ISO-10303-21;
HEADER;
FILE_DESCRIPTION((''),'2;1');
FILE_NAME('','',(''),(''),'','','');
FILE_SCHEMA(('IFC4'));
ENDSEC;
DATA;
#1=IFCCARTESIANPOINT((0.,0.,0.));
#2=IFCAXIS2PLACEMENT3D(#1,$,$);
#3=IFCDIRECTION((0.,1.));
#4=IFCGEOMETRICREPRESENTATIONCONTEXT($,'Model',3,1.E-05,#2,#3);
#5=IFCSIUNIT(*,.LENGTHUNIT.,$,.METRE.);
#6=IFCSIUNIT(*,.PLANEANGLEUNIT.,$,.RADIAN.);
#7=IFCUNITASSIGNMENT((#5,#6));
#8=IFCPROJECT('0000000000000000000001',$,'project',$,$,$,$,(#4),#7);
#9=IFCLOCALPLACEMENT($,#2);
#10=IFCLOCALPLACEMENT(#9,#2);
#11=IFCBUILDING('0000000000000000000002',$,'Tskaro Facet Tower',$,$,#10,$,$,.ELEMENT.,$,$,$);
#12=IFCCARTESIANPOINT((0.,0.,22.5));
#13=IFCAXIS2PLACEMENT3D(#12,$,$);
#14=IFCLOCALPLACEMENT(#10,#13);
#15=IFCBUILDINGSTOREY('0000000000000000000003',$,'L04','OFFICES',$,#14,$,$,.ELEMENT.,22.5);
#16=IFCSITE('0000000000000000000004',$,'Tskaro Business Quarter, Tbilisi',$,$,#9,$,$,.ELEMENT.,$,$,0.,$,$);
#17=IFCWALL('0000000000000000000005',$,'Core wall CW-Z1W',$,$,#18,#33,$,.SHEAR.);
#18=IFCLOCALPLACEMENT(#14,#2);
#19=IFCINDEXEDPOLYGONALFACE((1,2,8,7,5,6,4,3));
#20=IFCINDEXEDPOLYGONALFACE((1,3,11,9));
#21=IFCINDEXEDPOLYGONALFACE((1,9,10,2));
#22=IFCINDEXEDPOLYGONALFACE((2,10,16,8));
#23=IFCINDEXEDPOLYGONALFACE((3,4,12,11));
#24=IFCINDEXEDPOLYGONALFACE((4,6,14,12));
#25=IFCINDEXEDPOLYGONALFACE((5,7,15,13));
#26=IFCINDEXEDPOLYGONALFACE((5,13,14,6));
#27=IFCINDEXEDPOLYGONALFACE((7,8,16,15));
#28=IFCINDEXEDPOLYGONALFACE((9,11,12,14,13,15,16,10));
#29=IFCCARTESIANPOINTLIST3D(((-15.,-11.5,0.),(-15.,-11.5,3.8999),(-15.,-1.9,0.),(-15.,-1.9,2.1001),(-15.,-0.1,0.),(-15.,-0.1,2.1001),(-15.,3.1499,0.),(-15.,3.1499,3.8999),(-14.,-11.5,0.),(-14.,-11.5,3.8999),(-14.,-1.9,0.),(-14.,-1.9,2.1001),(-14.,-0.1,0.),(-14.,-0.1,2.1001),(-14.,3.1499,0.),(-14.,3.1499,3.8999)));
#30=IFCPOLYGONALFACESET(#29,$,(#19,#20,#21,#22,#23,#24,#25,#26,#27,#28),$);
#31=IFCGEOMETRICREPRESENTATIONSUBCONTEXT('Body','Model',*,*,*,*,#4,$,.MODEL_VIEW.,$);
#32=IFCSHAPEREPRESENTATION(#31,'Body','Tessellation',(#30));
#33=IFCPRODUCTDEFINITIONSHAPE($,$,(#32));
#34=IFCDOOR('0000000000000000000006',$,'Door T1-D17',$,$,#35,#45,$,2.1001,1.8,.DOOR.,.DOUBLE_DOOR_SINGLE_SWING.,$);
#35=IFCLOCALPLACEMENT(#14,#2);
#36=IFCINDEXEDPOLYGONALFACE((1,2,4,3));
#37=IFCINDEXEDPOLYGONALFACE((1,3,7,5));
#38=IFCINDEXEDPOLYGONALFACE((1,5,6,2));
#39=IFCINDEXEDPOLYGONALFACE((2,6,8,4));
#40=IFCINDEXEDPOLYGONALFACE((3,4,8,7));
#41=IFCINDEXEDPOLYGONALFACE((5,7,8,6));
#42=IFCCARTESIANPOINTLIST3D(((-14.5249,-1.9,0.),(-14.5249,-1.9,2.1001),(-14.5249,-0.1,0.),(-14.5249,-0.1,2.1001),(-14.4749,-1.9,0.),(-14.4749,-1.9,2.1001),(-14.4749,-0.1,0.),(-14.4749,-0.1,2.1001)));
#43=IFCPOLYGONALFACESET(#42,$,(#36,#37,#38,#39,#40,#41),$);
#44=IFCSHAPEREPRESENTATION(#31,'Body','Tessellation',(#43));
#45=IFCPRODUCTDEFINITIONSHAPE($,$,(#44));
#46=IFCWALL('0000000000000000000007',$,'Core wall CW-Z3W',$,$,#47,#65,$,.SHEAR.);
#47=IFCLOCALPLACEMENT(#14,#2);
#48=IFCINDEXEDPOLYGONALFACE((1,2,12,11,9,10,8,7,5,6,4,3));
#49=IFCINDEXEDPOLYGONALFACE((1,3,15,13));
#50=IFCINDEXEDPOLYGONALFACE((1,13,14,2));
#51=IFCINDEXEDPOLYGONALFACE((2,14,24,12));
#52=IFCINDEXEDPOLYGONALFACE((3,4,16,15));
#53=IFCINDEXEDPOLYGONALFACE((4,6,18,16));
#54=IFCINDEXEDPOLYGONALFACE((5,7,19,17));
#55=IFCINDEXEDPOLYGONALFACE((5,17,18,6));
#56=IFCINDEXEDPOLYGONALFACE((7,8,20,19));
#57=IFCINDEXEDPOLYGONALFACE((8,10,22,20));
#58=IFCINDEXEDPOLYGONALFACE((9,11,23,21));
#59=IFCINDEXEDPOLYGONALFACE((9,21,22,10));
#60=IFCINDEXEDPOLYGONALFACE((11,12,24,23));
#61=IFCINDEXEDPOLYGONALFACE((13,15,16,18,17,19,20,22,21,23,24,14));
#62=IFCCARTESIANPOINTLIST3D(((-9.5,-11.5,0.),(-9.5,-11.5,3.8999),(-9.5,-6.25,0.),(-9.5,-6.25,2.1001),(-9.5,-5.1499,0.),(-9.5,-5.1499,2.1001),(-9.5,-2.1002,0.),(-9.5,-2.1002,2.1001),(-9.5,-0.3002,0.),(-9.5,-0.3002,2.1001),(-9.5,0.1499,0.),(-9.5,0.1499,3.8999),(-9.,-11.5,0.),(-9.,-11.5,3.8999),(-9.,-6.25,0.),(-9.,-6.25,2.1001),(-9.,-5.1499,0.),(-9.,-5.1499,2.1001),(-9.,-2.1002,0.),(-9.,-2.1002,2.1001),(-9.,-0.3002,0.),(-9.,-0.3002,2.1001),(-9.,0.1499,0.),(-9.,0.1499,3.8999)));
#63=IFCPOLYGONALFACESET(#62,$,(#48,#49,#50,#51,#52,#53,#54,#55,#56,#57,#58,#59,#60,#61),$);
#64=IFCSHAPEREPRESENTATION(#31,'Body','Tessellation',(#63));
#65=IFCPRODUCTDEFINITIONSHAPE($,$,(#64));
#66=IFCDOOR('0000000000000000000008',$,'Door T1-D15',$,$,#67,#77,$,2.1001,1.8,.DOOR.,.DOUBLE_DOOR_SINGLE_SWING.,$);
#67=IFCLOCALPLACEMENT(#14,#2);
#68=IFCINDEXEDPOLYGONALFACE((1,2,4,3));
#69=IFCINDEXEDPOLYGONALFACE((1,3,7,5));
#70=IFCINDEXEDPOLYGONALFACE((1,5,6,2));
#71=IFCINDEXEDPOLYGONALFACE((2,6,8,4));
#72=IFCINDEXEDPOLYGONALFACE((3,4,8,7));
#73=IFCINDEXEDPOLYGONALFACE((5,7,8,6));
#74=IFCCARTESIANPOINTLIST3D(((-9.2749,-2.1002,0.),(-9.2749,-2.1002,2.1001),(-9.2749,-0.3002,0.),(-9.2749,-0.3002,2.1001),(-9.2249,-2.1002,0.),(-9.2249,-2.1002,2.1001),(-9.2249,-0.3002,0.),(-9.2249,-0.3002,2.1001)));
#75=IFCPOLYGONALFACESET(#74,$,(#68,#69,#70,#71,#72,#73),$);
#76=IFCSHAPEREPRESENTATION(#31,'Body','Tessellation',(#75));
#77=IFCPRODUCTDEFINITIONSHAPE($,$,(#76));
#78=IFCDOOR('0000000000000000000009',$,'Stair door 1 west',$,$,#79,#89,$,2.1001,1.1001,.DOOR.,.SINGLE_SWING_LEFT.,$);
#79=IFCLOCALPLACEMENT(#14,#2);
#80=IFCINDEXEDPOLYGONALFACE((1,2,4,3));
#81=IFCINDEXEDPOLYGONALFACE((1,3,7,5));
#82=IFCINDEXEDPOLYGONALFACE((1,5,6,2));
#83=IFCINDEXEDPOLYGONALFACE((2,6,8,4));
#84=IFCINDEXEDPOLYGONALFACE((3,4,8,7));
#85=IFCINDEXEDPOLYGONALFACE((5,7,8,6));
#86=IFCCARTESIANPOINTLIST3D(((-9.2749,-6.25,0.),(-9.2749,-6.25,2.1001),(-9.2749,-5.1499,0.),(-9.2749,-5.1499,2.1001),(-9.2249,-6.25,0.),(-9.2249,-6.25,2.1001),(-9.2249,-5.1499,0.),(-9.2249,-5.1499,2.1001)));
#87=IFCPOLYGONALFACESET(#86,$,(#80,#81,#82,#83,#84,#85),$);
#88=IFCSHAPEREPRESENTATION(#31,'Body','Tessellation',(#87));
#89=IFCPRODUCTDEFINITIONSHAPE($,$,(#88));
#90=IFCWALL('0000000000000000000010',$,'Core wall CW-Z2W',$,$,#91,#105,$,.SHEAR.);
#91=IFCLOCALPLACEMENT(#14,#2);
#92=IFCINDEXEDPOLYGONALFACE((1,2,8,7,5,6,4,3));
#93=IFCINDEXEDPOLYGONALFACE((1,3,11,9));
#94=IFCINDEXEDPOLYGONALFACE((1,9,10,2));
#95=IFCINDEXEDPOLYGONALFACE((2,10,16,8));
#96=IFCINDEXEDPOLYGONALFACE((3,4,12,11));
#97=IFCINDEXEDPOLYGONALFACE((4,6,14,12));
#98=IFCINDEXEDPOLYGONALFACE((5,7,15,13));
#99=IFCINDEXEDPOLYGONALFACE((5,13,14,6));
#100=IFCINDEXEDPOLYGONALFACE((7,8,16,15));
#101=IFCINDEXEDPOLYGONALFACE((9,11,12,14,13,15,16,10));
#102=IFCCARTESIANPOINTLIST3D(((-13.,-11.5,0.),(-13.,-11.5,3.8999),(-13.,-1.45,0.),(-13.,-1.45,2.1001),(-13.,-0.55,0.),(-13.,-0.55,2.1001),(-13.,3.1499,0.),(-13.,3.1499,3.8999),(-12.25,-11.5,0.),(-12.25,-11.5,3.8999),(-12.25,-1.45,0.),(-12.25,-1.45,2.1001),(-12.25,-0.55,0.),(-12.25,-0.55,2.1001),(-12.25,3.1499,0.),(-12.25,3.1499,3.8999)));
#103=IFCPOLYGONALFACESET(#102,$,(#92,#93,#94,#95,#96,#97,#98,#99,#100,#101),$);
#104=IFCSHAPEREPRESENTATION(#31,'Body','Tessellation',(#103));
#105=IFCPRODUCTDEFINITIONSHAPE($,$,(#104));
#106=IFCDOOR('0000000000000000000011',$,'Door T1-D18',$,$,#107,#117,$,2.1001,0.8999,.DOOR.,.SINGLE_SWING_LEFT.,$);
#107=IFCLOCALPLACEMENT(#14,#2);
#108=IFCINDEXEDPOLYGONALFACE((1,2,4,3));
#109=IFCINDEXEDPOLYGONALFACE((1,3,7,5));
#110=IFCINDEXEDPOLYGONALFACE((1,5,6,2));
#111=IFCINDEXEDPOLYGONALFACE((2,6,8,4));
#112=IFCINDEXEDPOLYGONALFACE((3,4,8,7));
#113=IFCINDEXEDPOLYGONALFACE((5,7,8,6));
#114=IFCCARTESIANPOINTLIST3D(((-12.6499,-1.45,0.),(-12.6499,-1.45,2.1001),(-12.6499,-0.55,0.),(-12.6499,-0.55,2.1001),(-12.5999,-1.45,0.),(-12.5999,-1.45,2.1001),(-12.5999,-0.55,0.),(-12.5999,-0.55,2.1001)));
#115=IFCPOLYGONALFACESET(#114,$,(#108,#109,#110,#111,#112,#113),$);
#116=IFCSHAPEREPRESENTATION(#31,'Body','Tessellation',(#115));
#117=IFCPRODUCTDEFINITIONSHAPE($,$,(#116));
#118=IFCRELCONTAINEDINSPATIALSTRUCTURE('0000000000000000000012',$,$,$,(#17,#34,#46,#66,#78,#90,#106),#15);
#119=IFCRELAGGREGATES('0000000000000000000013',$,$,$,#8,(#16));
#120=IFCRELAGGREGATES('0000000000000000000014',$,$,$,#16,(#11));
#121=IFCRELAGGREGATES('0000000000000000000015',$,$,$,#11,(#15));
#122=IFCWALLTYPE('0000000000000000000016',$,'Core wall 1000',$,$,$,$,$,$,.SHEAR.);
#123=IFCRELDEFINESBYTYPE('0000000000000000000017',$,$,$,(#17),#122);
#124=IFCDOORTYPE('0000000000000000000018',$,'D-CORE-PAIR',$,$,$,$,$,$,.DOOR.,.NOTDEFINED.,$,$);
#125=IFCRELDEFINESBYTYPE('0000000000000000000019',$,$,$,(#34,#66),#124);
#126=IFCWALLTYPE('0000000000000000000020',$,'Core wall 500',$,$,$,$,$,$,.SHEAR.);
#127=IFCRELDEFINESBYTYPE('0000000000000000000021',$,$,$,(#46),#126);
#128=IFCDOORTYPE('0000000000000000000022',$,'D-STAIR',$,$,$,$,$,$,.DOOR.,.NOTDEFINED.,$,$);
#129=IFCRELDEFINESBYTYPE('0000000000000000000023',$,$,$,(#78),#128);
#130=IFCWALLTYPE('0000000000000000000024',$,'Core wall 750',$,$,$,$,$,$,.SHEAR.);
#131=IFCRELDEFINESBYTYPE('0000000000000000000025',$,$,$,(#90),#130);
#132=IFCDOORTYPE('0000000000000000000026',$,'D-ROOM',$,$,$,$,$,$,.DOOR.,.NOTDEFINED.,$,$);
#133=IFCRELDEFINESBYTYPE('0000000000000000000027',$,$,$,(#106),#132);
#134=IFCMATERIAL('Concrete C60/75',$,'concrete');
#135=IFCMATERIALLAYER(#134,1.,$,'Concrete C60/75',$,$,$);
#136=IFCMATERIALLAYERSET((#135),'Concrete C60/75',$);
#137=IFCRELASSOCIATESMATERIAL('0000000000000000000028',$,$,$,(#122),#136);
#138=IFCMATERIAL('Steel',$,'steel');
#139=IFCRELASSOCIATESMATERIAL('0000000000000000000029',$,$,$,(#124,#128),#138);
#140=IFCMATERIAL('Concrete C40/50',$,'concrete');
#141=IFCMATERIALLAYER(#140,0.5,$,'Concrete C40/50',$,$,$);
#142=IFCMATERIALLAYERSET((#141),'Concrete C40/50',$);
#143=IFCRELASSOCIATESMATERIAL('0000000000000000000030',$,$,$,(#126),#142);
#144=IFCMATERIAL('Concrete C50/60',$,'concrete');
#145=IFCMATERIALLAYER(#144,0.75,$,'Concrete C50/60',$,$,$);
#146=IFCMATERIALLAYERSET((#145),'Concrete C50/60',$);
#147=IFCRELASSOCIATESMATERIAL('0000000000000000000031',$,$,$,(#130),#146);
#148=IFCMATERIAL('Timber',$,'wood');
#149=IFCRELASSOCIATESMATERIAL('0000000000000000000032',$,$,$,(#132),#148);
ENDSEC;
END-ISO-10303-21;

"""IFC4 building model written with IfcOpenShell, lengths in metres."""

from ifc_helpers import new_model, si_unit, direction, frame, frame_2d, origin, place, context, subcontext, project, spatial, rectangle, extrude, material, layer, layer_set, type_object, element, fill, save


model = new_model("IFC4")

# Units and contexts
model_context = context("Model", 3, precision=1e-05, world=origin(), true_north=direction((0.0, 1.0)))
body_context = subcontext(model_context, "Body", "Model", "MODEL_VIEW")
ifc_project = project(units=[si_unit("LENGTHUNIT", "METRE"), si_unit("PLANEANGLEUNIT", "RADIAN")], contexts=[model_context])

# Site, building, storey
site_placement = place(None, origin())
site = spatial("IfcSite", under=ifc_project, at=site_placement, Name="Tskaro Business Quarter, Tbilisi", CompositionType="ELEMENT", RefElevation=0.0)
building_placement = place(site_placement, origin())
building = spatial("IfcBuilding", under=site, at=building_placement, Name="Tskaro Facet Tower", CompositionType="ELEMENT")
storey_placement = place(building_placement, frame((0.0, 0.0, 22.5)))
storey = spatial("IfcBuildingStorey", under=building, at=storey_placement, Name="L04", Description="OFFICES", CompositionType="ELEMENT", Elevation=22.5)

# Shared definitions
ifc_material_1 = material(Name="Concrete C60/75", Category="concrete")
ifc_layer_1 = layer(ifc_material_1, 1.0, Name="Concrete C60/75")
ifc_layer_set_1 = layer_set([ifc_layer_1], Name="Concrete C60/75")
wall_type_1 = type_object("IfcWallType", Name="Core wall 1000", PredefinedType="SHEAR", material=ifc_layer_set_1)

# Wall, opening, door
wall_1_placement = place(storey_placement, frame((-14.5, -11.5, 0.0), z_axis=(0.0, 0.0, 1.0), x_axis=(0.0, 1.0, 0.0)))
wall_1 = element("IfcWall", 1, at=wall_1_placement, inside=storey, type_object=wall_type_1, Name="Core wall CW-Z1W", PredefinedType="SHEAR", context=body_context, shape_type="SweptSolid", body=[
    extrude(rectangle(XDim=14.6499, YDim=1.0, at=frame_2d((7.325, 0.0))), origin(), (0.0, 0.0, 1.0), 3.8999),
])
opening_1_placement = place(wall_1_placement, frame((9.6001, 0.0, 0.0)))
opening_1 = element("IfcOpeningElement", 2, at=opening_1_placement, cuts=wall_1, PredefinedType="OPENING", context=body_context, shape_type="SweptSolid", body=[
    extrude(rectangle(XDim=1.8, YDim=2.1001, at=frame_2d((0.8999, 1.05))), frame((0.0, 0.51, 0.0), z_axis=(0.0, -1.0, 0.0), x_axis=(1.0, 0.0, 0.0)), (0.0, 0.0, 1.0), 1.02),
])
ifc_material_2 = material(Name="Steel", Category="steel")
door_type_1 = type_object("IfcDoorType", Name="D-CORE-PAIR", OperationType="NOTDEFINED", PredefinedType="DOOR", material=ifc_material_2)
door_1_placement = place(opening_1_placement, origin())
door_1 = element("IfcDoor", 3, at=door_1_placement, inside=storey, type_object=door_type_1, Name="Door T1-D17", OperationType="DOUBLE_DOOR_SINGLE_SWING", OverallHeight=2.1001, OverallWidth=1.8, PredefinedType="DOOR", context=body_context, shape_type="SweptSolid", body=[
    extrude(rectangle(XDim=1.8, YDim=2.1001, at=frame_2d((0.8999, 1.05))), frame((0.0, 0.0249, 0.0), z_axis=(0.0, -1.0, 0.0), x_axis=(1.0, 0.0, 0.0)), (0.0, 0.0, 1.0), 0.05),
])
fill(opening_1, door_1)

# Wall, openings, doors
ifc_material_3 = material(Name="Concrete C40/50", Category="concrete")
ifc_layer_2 = layer(ifc_material_3, 0.5, Name="Concrete C40/50")
ifc_layer_set_2 = layer_set([ifc_layer_2], Name="Concrete C40/50")
wall_type_2 = type_object("IfcWallType", Name="Core wall 500", PredefinedType="SHEAR", material=ifc_layer_set_2)
wall_2_placement = place(storey_placement, frame((-9.25, -11.5, 0.0), z_axis=(0.0, 0.0, 1.0), x_axis=(0.0, 1.0, 0.0)))
wall_2 = element("IfcWall", 4, at=wall_2_placement, inside=storey, type_object=wall_type_2, Name="Core wall CW-Z3W", PredefinedType="SHEAR", context=body_context, shape_type="SweptSolid", body=[
    extrude(rectangle(XDim=11.6499, YDim=0.5, at=frame_2d((5.825, 0.0))), origin(), (0.0, 0.0, 1.0), 3.8999),
])
opening_2_placement = place(wall_2_placement, frame((9.3999, 0.0, 0.0)))
opening_2 = element("IfcOpeningElement", 5, at=opening_2_placement, cuts=wall_2, PredefinedType="OPENING", context=body_context, shape_type="SweptSolid", body=[
    extrude(rectangle(XDim=1.8, YDim=2.1001, at=frame_2d((0.8999, 1.05))), frame((0.0, 0.26, 0.0), z_axis=(0.0, -1.0, 0.0), x_axis=(1.0, 0.0, 0.0)), (0.0, 0.0, 1.0), 0.52),
])
opening_3_placement = place(wall_2_placement, frame((5.25, 0.0, 0.0)))
opening_3 = element("IfcOpeningElement", 6, at=opening_3_placement, cuts=wall_2, PredefinedType="OPENING", context=body_context, shape_type="SweptSolid", body=[
    extrude(rectangle(XDim=1.1001, YDim=2.1001, at=frame_2d((0.55, 1.05))), frame((0.0, 0.26, 0.0), z_axis=(0.0, -1.0, 0.0), x_axis=(1.0, 0.0, 0.0)), (0.0, 0.0, 1.0), 0.52),
])
door_2_placement = place(opening_2_placement, origin())
door_2 = element("IfcDoor", 7, at=door_2_placement, inside=storey, type_object=door_type_1, Name="Door T1-D15", OperationType="DOUBLE_DOOR_SINGLE_SWING", OverallHeight=2.1001, OverallWidth=1.8, PredefinedType="DOOR", context=body_context, shape_type="SweptSolid", body=[
    extrude(rectangle(XDim=1.8, YDim=2.1001, at=frame_2d((0.8999, 1.05))), frame((0.0, 0.0249, 0.0), z_axis=(0.0, -1.0, 0.0), x_axis=(1.0, 0.0, 0.0)), (0.0, 0.0, 1.0), 0.05),
])
fill(opening_2, door_2)
door_type_2 = type_object("IfcDoorType", Name="D-STAIR", OperationType="NOTDEFINED", PredefinedType="DOOR", material=ifc_material_2)
door_3_placement = place(opening_3_placement, origin())
door_3 = element("IfcDoor", 8, at=door_3_placement, inside=storey, type_object=door_type_2, Name="Stair door 1 west", OperationType="SINGLE_SWING_LEFT", OverallHeight=2.1001, OverallWidth=1.1001, PredefinedType="DOOR", context=body_context, shape_type="SweptSolid", body=[
    extrude(rectangle(XDim=1.1001, YDim=2.1001, at=frame_2d((0.55, 1.05))), frame((0.0, 0.0249, 0.0), z_axis=(0.0, -1.0, 0.0), x_axis=(1.0, 0.0, 0.0)), (0.0, 0.0, 1.0), 0.05),
])
fill(opening_3, door_3)

# Wall, opening, door
ifc_material_4 = material(Name="Concrete C50/60", Category="concrete")
ifc_layer_3 = layer(ifc_material_4, 0.75, Name="Concrete C50/60")
ifc_layer_set_3 = layer_set([ifc_layer_3], Name="Concrete C50/60")
wall_type_3 = type_object("IfcWallType", Name="Core wall 750", PredefinedType="SHEAR", material=ifc_layer_set_3)
wall_3_placement = place(storey_placement, frame((-12.625, -11.5, 0.0), z_axis=(0.0, 0.0, 1.0), x_axis=(0.0, 1.0, 0.0)))
wall_3 = element("IfcWall", 9, at=wall_3_placement, inside=storey, type_object=wall_type_3, Name="Core wall CW-Z2W", PredefinedType="SHEAR", context=body_context, shape_type="SweptSolid", body=[
    extrude(rectangle(XDim=14.6499, YDim=0.75, at=frame_2d((7.325, 0.0))), origin(), (0.0, 0.0, 1.0), 3.8999),
])
opening_4_placement = place(wall_3_placement, frame((10.05, 0.0, 0.0)))
opening_4 = element("IfcOpeningElement", 10, at=opening_4_placement, cuts=wall_3, PredefinedType="OPENING", context=body_context, shape_type="SweptSolid", body=[
    extrude(rectangle(XDim=0.8999, YDim=2.1001, at=frame_2d((0.45, 1.05))), frame((0.0, 0.385, 0.0), z_axis=(0.0, -1.0, 0.0), x_axis=(1.0, 0.0, 0.0)), (0.0, 0.0, 1.0), 0.77),
])
ifc_material_5 = material(Name="Timber", Category="wood")
door_type_3 = type_object("IfcDoorType", Name="D-ROOM", OperationType="NOTDEFINED", PredefinedType="DOOR", material=ifc_material_5)
door_4_placement = place(opening_4_placement, origin())
door_4 = element("IfcDoor", 11, at=door_4_placement, inside=storey, type_object=door_type_3, Name="Door T1-D18", OperationType="SINGLE_SWING_LEFT", OverallHeight=2.1001, OverallWidth=0.8999, PredefinedType="DOOR", context=body_context, shape_type="SweptSolid", body=[
    extrude(rectangle(XDim=0.8999, YDim=2.1001, at=frame_2d((0.45, 1.05))), frame((0.0, 0.0249, 0.0), z_axis=(0.0, -1.0, 0.0), x_axis=(1.0, 0.0, 0.0)), (0.0, 0.0, 1.0), 0.05),
])
fill(opening_4, door_4)

save(model, "model.ifc")
